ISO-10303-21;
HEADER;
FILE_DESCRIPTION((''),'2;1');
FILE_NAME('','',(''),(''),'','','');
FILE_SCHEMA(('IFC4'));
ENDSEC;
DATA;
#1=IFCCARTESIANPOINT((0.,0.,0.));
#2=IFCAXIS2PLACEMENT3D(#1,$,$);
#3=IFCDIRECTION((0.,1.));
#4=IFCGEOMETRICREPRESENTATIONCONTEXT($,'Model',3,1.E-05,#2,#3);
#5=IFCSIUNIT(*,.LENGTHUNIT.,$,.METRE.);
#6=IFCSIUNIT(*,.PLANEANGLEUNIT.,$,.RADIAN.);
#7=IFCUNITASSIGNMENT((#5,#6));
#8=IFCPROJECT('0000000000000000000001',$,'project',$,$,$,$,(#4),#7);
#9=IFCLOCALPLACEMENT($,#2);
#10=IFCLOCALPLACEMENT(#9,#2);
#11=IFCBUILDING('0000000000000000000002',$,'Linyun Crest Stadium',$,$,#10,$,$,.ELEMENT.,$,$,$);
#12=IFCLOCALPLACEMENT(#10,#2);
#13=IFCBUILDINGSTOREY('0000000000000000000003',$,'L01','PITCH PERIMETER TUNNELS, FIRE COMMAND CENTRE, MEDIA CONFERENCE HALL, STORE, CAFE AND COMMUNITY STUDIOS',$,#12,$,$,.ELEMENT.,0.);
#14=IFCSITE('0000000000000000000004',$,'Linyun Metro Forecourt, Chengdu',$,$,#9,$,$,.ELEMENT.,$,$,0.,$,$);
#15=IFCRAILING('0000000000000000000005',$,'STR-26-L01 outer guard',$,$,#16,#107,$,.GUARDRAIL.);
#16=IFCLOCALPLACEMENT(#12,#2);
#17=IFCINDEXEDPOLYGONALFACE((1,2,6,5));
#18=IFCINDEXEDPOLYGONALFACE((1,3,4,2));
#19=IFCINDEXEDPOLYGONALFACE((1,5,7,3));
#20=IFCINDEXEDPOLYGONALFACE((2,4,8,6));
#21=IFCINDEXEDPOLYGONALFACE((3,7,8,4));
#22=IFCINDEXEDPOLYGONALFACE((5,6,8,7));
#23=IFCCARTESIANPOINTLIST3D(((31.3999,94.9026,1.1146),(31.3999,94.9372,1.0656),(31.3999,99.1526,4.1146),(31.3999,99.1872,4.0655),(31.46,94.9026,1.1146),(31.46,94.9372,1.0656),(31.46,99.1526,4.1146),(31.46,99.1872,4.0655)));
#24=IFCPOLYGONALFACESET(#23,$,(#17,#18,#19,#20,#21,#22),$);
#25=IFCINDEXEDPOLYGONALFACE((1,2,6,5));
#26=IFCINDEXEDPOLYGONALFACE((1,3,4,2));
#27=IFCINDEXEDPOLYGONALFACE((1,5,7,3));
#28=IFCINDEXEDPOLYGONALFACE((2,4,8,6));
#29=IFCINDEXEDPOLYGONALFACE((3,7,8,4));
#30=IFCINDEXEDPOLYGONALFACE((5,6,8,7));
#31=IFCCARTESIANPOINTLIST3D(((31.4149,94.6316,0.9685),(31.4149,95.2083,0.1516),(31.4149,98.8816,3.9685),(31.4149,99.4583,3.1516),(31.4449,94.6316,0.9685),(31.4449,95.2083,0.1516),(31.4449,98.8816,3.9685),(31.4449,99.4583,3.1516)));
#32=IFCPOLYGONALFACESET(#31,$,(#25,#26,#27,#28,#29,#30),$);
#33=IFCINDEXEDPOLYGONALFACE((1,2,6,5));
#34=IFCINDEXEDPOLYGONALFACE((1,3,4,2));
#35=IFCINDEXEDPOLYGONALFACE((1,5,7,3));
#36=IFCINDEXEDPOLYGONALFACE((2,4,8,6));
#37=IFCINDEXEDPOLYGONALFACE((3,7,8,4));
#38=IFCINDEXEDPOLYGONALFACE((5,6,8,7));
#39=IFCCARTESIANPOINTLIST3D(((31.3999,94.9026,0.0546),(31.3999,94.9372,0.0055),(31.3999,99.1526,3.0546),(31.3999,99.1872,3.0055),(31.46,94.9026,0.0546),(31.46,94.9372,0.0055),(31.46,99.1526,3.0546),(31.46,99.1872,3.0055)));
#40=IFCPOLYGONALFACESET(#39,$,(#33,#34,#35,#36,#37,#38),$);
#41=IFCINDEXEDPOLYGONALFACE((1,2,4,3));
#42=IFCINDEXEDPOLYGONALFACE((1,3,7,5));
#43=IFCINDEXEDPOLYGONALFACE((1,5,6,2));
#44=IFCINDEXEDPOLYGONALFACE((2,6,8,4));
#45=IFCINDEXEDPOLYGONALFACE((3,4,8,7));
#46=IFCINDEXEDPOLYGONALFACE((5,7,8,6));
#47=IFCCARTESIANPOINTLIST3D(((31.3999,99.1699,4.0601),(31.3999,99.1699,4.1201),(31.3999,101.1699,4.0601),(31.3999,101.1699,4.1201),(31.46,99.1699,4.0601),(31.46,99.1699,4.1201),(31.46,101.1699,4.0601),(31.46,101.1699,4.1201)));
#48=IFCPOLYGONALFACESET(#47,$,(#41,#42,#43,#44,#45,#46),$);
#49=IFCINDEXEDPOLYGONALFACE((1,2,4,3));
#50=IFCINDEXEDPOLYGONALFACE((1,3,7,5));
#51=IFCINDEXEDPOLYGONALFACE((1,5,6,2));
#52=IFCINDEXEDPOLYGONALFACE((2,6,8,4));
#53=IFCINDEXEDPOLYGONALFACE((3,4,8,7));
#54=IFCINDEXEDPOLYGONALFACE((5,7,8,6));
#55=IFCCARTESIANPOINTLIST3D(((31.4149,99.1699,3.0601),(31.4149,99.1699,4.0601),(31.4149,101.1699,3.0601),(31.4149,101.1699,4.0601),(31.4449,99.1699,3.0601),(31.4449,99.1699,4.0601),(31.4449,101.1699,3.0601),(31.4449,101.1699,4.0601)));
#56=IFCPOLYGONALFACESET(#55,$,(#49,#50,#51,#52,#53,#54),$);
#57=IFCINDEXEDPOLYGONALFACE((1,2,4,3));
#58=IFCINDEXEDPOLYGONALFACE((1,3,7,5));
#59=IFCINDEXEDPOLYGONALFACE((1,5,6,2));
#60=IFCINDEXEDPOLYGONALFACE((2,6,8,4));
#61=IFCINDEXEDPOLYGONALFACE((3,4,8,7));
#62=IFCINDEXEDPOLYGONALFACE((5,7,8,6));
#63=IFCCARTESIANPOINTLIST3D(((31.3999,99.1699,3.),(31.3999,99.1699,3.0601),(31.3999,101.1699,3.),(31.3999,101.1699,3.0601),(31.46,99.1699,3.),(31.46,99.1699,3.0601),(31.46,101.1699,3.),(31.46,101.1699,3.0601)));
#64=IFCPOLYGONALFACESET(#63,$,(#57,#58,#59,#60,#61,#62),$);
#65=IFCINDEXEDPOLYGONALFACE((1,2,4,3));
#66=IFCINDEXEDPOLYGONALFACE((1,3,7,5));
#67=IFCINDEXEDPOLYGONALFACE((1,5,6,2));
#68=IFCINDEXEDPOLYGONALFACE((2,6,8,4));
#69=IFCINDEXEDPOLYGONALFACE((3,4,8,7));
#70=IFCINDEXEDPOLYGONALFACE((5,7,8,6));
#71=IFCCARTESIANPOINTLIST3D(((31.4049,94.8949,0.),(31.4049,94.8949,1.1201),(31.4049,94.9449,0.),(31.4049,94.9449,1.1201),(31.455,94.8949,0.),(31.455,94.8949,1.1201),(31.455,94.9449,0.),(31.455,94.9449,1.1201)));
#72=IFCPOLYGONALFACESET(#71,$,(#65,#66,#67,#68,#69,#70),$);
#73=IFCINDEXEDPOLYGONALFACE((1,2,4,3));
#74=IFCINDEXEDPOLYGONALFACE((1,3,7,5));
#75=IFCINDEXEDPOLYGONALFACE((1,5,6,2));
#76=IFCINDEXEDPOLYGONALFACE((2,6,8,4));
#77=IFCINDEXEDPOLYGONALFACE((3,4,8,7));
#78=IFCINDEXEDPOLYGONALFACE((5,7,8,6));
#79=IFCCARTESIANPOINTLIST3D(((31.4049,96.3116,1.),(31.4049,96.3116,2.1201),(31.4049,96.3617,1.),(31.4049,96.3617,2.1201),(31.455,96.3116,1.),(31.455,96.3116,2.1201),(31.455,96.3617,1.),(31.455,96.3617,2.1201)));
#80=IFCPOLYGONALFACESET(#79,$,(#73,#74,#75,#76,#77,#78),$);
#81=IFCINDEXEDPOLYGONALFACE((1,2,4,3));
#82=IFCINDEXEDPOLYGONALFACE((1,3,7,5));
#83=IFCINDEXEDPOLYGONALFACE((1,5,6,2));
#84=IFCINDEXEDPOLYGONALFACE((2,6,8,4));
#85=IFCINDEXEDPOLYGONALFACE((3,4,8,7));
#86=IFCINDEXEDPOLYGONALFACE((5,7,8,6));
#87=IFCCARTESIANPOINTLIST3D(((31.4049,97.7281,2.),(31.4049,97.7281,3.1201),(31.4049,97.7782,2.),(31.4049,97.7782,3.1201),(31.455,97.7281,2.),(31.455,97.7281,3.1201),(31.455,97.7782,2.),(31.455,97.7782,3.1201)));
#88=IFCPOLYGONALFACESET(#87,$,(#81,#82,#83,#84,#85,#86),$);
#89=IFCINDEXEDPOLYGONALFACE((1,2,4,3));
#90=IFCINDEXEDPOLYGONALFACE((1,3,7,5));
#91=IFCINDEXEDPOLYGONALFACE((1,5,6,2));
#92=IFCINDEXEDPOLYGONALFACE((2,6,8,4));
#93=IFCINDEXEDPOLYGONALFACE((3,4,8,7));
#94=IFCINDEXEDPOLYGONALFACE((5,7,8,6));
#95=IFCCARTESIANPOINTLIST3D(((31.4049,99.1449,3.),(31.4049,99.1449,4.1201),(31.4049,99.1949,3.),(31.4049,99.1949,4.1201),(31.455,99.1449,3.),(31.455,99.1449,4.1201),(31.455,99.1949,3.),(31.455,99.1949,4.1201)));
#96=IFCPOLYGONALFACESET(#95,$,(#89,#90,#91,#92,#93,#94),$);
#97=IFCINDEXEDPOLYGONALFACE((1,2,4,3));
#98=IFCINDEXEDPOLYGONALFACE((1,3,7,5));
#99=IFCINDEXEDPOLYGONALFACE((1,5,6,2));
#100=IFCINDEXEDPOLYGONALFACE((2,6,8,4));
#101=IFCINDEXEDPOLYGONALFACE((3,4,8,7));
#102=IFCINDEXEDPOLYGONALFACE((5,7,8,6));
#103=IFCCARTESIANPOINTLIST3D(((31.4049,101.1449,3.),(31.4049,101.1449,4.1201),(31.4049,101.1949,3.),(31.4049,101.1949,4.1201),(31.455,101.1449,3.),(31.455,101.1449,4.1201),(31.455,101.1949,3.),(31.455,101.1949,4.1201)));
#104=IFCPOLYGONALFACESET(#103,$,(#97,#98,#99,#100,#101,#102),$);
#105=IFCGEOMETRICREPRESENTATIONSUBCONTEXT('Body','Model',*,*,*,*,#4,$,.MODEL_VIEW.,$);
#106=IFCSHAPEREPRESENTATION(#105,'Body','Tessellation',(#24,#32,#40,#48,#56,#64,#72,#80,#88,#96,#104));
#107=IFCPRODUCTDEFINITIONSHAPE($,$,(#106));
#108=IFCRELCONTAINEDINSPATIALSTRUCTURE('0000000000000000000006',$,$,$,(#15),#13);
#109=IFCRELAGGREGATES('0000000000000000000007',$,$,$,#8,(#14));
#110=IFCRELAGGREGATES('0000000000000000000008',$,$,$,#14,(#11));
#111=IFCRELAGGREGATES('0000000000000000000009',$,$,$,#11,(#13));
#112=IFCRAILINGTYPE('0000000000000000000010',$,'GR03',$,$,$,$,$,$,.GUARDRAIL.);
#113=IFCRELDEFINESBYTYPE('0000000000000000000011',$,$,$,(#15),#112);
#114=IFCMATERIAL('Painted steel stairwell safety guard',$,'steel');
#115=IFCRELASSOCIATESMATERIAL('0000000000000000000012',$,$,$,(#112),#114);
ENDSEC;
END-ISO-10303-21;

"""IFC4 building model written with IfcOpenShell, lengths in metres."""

from ifc_helpers import new_model, si_unit, direction, frame, origin, origin_2d, place, context, subcontext, project, spatial, rectangle, extrude, material, type_object, element, save


model = new_model("IFC4")

# Units and contexts
model_context = context("Model", 3, precision=1e-05, world=origin(), true_north=direction((0.0, 1.0)))
body_context = subcontext(model_context, "Body", "Model", "MODEL_VIEW")
ifc_project = project(units=[si_unit("LENGTHUNIT", "METRE"), si_unit("PLANEANGLEUNIT", "RADIAN")], contexts=[model_context])

# Site, building, storey
site_placement = place(None, origin())
site = spatial("IfcSite", under=ifc_project, at=site_placement, Name="Linyun Metro Forecourt, Chengdu", CompositionType="ELEMENT", RefElevation=0.0)
building_placement = place(site_placement, origin())
building = spatial("IfcBuilding", under=site, at=building_placement, Name="Linyun Crest Stadium", CompositionType="ELEMENT")
storey_placement = place(building_placement, origin())
storey = spatial("IfcBuildingStorey", under=building, at=storey_placement, Name="L01", Description="PITCH PERIMETER TUNNELS, FIRE COMMAND CENTRE, MEDIA CONFERENCE HALL, STORE, CAFE AND COMMUNITY STUDIOS", CompositionType="ELEMENT", Elevation=0.0)

# Railing
ifc_material_1 = material(Name="Painted steel stairwell safety guard", Category="steel")
railing_type_1 = type_object("IfcRailingType", Name="GR03", PredefinedType="GUARDRAIL", material=ifc_material_1)
railing_1_placement = place(storey_placement, frame((31.4299, 94.9199, 0.0)))
element("IfcRailing", 1, at=railing_1_placement, inside=storey, type_object=railing_type_1, Name="STR-26-L01 outer guard", PredefinedType="GUARDRAIL", context=body_context, shape_type="SweptSolid", body=[
    extrude(rectangle(XDim=0.0601, YDim=0.0601, at=origin_2d()), frame((0.0, 0.0, 1.0901), z_axis=(0.0, 0.816968, 0.576683), x_axis=(-1.0, 0.0, 0.0)), (0.0, 0.0, 1.0), 5.2021),
    extrude(rectangle(XDim=0.03, YDim=1.0, at=origin_2d()), frame((0.0, 0.0, 0.5601), z_axis=(0.0, 0.816968, 0.576683), x_axis=(-1.0, 0.0, 0.0)), (0.0, 0.0, 1.0), 5.2021),
    extrude(rectangle(XDim=0.0601, YDim=0.0601, at=origin_2d()), frame((0.0, 0.0, 0.03), z_axis=(0.0, 0.816968, 0.576683), x_axis=(-1.0, 0.0, 0.0)), (0.0, 0.0, 1.0), 5.2021),
    extrude(rectangle(XDim=0.0601, YDim=0.0601, at=origin_2d()), frame((0.0, 4.25, 4.0901), z_axis=(0.0, 1.0, 0.0), x_axis=(-1.0, 0.0, 0.0)), (0.0, 0.0, 1.0), 2.0),
    extrude(rectangle(XDim=0.03, YDim=1.0, at=origin_2d()), frame((0.0, 4.25, 3.5601), z_axis=(0.0, 1.0, 0.0), x_axis=(-1.0, 0.0, 0.0)), (0.0, 0.0, 1.0), 2.0),
    extrude(rectangle(XDim=0.0601, YDim=0.0601, at=origin_2d()), frame((0.0, 4.25, 3.03), z_axis=(0.0, 1.0, 0.0), x_axis=(-1.0, 0.0, 0.0)), (0.0, 0.0, 1.0), 2.0),
    extrude(rectangle(XDim=0.05, YDim=0.05, at=origin_2d()), origin(), (0.0, 0.0, 1.0), 1.1201),
    extrude(rectangle(XDim=0.05, YDim=0.05, at=origin_2d()), frame((0.0, 1.4167, 1.0)), (0.0, 0.0, 1.0), 1.1201),
    extrude(rectangle(XDim=0.05, YDim=0.05, at=origin_2d()), frame((0.0, 2.8333, 2.0)), (0.0, 0.0, 1.0), 1.1201),
    extrude(rectangle(XDim=0.05, YDim=0.05, at=origin_2d()), frame((0.0, 4.25, 3.0)), (0.0, 0.0, 1.0), 1.1201),
    extrude(rectangle(XDim=0.05, YDim=0.05, at=origin_2d()), frame((0.0, 6.25, 3.0)), (0.0, 0.0, 1.0), 1.1201),
])

save(model, "model.ifc")
